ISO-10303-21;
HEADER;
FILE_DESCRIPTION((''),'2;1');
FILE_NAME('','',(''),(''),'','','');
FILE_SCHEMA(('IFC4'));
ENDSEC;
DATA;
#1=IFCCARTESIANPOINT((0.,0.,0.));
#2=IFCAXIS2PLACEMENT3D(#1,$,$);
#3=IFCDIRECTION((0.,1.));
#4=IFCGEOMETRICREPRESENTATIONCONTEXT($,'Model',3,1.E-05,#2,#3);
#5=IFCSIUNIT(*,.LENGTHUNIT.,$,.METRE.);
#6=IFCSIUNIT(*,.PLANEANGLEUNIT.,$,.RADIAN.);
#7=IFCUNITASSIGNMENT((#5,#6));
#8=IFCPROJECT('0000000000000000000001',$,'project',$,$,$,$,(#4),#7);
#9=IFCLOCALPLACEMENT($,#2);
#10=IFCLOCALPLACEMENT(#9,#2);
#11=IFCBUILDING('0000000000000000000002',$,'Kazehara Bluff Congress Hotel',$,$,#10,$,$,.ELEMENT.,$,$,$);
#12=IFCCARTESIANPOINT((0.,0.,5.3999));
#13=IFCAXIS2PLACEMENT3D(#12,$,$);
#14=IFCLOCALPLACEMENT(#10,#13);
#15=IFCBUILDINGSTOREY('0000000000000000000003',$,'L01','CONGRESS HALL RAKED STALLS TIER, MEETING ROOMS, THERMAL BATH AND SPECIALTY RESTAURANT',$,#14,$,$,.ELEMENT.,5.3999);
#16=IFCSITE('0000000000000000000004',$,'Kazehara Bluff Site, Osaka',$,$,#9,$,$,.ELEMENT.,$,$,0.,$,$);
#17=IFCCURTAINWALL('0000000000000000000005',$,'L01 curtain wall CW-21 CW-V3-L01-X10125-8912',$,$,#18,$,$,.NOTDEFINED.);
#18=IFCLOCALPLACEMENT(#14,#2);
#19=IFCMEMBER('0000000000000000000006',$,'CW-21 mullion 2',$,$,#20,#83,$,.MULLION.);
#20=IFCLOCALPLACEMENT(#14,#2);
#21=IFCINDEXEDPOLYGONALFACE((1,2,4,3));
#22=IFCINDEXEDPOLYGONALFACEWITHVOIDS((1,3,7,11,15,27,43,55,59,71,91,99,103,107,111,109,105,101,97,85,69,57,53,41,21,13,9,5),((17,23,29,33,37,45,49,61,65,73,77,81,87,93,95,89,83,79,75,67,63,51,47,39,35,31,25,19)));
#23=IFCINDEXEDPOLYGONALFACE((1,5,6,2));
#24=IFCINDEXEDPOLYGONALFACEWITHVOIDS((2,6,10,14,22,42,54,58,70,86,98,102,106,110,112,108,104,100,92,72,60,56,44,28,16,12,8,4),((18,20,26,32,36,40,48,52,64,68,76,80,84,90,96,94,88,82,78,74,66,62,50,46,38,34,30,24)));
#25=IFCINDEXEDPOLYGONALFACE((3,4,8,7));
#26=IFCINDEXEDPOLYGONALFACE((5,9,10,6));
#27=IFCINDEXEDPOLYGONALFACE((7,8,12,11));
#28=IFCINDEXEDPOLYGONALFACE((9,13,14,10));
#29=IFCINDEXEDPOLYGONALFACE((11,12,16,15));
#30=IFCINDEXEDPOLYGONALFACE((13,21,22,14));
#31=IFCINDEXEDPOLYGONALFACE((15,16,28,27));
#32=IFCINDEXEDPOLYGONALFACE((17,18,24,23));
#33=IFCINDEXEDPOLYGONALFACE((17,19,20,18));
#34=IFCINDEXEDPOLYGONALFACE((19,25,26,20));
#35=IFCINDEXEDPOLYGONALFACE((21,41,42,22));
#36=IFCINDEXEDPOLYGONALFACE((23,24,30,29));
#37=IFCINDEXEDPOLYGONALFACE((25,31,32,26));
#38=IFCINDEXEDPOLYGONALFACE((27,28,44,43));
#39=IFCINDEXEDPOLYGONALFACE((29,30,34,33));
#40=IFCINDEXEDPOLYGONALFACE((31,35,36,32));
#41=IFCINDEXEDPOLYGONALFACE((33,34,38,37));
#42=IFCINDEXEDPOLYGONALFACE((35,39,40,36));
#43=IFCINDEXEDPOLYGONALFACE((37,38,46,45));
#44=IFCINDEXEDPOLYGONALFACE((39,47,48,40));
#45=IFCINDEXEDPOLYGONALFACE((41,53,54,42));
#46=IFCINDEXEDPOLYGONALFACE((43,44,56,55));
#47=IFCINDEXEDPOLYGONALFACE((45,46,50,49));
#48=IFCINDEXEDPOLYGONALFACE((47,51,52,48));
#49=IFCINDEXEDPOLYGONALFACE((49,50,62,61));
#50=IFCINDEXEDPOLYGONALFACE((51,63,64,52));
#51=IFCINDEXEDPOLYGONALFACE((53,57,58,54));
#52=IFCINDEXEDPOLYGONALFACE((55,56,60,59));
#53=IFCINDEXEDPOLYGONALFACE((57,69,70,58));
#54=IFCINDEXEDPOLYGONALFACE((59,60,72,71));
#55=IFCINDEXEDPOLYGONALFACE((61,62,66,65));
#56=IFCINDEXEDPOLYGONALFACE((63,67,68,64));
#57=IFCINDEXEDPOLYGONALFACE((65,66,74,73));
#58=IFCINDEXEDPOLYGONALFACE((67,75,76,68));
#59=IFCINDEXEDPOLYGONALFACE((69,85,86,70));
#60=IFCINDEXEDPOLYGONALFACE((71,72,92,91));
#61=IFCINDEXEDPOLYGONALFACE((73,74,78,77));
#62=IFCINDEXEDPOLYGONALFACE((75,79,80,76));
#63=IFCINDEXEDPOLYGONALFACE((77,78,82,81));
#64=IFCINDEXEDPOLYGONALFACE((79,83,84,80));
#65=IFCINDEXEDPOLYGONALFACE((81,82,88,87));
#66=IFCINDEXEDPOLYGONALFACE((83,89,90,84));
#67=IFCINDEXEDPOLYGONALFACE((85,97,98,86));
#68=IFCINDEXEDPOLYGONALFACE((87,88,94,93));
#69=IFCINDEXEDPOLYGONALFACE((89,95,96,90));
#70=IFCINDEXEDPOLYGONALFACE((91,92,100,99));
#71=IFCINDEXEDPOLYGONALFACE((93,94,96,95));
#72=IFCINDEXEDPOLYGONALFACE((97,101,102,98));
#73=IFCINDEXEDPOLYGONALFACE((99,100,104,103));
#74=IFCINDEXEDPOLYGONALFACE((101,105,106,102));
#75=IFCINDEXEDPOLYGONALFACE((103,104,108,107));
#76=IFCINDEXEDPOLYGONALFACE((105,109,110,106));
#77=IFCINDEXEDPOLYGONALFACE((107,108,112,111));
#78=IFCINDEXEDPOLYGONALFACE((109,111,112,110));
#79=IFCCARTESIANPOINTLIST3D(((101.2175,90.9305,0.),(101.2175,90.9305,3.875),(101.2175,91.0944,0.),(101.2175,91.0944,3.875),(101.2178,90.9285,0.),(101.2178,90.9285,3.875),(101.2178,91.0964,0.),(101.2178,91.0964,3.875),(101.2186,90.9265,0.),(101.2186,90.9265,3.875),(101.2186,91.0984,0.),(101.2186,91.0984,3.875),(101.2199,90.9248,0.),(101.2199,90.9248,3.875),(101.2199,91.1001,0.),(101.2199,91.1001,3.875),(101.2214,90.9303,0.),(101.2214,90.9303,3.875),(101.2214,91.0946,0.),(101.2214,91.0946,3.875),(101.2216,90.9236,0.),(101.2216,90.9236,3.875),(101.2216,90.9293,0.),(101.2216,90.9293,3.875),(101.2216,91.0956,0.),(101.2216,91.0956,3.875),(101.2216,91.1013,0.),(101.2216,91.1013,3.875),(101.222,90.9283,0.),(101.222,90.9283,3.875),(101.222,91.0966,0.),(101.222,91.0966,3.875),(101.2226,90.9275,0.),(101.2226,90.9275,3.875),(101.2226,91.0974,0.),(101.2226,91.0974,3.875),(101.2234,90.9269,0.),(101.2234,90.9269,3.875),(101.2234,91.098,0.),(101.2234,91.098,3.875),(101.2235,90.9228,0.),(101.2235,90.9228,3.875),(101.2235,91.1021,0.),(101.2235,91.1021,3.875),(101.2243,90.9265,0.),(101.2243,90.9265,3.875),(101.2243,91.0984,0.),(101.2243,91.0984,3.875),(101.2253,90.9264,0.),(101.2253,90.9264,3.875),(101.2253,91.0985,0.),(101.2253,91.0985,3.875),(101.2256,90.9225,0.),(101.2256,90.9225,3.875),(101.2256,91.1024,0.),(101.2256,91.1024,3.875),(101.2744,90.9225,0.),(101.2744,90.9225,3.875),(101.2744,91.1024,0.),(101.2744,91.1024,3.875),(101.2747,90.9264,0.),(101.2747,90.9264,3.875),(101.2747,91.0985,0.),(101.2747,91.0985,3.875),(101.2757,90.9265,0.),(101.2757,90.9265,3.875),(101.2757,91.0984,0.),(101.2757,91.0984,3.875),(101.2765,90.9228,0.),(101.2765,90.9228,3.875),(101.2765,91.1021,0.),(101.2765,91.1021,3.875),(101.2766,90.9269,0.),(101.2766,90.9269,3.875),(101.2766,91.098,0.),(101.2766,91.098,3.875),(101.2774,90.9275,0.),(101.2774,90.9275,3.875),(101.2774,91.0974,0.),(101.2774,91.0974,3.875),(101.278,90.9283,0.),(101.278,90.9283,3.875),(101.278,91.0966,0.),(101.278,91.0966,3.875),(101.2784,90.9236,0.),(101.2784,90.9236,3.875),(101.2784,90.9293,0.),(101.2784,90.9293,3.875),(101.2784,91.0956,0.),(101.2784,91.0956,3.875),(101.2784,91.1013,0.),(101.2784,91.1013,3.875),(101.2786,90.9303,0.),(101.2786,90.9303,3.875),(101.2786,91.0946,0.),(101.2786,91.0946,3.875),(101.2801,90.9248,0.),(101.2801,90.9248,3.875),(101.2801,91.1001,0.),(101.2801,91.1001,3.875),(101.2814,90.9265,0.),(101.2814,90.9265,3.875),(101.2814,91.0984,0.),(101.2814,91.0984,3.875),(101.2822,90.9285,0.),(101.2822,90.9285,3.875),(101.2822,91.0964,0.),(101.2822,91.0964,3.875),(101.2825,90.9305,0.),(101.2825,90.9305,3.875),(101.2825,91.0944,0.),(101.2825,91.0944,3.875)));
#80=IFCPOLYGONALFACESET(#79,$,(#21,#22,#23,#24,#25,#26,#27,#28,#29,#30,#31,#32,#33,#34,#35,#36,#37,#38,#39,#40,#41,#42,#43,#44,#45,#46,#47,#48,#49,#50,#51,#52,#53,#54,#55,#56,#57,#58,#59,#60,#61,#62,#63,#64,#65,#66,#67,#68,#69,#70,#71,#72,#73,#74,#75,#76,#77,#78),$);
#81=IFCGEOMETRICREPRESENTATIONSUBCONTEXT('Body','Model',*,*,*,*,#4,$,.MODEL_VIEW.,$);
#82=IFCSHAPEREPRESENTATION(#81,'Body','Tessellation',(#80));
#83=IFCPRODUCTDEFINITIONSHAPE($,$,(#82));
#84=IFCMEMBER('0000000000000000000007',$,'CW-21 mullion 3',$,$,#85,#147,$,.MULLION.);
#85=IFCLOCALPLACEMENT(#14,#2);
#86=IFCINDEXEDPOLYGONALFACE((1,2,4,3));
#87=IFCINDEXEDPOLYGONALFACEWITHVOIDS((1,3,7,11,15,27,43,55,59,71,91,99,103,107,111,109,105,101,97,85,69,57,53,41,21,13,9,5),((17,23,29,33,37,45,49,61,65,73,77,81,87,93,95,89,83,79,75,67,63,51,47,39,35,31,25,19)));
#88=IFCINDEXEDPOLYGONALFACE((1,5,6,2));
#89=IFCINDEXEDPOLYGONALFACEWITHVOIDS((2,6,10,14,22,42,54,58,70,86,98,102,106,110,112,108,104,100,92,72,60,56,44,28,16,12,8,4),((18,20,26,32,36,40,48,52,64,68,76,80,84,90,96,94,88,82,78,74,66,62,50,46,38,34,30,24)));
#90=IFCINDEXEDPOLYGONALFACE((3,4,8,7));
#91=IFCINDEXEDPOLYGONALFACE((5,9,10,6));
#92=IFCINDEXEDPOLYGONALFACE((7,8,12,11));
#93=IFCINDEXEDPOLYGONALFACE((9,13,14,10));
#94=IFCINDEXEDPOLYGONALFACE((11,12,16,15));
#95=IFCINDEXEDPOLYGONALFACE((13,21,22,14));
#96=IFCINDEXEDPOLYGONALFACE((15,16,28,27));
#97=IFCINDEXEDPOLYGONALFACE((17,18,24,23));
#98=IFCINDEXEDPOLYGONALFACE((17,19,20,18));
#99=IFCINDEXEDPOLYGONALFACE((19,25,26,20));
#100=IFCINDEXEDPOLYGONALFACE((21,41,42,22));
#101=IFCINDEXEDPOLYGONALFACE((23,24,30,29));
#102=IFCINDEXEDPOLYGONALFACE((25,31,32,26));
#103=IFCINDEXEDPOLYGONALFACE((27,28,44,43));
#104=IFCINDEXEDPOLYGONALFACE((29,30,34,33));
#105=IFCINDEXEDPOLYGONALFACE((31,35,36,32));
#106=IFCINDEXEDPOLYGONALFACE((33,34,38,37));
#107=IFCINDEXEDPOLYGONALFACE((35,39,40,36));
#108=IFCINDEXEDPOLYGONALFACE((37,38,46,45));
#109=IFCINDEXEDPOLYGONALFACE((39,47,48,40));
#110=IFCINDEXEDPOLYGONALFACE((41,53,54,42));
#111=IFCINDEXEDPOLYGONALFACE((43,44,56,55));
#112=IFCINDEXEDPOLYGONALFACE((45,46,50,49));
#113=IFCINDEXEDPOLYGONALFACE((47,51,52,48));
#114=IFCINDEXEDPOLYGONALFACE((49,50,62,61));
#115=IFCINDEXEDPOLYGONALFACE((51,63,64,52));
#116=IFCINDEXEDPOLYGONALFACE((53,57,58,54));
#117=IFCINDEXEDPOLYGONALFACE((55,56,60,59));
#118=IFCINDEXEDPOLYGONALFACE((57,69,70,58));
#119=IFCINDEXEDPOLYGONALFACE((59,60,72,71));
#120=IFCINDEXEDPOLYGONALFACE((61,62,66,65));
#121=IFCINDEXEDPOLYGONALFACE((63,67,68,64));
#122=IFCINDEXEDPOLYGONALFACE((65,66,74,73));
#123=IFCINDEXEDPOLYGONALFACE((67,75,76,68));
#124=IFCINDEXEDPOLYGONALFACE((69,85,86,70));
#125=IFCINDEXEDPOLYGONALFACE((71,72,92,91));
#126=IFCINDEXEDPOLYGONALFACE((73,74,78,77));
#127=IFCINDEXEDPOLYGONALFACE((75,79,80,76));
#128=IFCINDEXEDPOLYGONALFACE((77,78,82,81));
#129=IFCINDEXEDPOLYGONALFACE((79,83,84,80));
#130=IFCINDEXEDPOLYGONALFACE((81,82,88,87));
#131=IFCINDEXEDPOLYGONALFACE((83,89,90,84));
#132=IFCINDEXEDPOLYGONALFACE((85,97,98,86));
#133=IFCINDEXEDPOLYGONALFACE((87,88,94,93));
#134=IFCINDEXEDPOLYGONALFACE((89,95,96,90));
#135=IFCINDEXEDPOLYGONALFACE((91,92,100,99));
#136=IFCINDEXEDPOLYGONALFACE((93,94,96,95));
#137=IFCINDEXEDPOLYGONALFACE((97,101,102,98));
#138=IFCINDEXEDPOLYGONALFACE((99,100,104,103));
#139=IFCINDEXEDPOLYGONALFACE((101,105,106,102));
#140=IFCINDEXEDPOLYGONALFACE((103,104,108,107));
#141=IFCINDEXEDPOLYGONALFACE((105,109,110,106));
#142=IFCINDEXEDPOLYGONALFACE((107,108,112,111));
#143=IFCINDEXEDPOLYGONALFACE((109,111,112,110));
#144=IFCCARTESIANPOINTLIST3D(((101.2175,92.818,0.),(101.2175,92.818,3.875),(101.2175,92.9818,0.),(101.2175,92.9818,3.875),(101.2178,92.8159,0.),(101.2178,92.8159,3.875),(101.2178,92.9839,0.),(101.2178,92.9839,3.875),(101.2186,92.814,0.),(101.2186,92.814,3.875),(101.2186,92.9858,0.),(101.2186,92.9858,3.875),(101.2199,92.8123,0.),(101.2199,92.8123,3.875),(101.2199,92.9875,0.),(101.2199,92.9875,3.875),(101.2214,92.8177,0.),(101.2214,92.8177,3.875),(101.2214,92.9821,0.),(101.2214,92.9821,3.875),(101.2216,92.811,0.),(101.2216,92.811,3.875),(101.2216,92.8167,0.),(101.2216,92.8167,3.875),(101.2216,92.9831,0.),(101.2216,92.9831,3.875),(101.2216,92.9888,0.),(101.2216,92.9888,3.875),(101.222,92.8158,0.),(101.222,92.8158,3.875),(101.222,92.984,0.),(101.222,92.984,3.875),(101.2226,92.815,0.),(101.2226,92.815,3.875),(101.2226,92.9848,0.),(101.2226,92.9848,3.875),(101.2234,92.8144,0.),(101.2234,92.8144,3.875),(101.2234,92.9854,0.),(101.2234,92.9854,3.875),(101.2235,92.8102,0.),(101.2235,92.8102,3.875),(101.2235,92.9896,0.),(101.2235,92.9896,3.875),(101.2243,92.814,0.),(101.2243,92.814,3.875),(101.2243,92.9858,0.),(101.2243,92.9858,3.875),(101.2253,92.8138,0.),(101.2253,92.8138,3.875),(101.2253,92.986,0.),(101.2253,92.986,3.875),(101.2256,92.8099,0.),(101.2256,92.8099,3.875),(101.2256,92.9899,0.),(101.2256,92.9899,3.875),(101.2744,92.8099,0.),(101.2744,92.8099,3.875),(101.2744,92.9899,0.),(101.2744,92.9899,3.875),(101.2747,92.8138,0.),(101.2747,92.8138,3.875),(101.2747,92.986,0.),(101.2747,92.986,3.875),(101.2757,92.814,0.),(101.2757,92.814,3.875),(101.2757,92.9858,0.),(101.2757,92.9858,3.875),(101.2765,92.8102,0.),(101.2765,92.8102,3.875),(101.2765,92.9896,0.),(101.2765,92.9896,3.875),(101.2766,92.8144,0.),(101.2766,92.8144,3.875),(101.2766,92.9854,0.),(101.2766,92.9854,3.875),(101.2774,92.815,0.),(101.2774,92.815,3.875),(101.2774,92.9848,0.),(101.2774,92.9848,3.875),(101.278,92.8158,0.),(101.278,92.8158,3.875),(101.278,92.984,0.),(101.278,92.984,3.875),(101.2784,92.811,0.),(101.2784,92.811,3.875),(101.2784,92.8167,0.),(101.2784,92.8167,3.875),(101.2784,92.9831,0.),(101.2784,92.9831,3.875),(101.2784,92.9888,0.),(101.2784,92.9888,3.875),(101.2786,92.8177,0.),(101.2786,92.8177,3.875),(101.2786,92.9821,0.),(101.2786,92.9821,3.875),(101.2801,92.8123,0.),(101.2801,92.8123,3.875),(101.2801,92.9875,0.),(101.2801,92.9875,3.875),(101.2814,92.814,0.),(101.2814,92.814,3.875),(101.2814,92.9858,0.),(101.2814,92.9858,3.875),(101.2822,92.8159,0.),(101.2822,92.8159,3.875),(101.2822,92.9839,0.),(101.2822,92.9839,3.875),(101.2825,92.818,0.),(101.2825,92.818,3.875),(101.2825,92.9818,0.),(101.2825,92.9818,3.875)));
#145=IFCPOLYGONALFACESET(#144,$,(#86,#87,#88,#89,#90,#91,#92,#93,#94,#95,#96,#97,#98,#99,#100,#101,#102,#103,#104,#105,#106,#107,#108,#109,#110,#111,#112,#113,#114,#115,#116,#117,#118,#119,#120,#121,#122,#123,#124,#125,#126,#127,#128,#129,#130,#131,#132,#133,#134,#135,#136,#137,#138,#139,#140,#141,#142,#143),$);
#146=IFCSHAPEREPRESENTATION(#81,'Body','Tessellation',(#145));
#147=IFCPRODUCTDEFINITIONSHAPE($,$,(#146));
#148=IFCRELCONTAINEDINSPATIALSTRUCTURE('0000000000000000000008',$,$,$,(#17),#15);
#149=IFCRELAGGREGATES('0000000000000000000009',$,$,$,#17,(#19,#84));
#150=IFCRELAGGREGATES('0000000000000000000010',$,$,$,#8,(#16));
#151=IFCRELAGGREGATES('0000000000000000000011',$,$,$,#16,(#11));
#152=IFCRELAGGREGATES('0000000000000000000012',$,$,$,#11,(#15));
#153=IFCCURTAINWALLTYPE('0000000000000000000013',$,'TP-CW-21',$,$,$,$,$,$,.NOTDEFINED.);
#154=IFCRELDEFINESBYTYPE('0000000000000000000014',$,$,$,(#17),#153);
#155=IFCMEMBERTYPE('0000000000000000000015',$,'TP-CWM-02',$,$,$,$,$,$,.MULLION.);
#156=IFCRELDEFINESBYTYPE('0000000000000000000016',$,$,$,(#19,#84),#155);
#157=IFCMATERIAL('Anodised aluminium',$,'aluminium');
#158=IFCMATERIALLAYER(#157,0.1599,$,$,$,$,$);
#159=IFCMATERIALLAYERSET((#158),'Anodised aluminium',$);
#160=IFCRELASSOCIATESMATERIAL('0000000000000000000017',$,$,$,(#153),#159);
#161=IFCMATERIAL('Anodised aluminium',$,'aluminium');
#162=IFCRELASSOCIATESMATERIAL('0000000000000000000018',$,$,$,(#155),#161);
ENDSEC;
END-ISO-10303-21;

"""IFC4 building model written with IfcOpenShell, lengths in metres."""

from ifc_helpers import new_model, si_unit, direction, frame, origin, origin_2d, place, context, subcontext, project, spatial, hollow_rectangle, extrude, material, layer, layer_set, material_profile, profile_set, type_object, element, aggregate, save


model = new_model("IFC4")

# Units and contexts
model_context = context("Model", 3, precision=1e-05, world=origin(), true_north=direction((0.0, 1.0)))
body_context = subcontext(model_context, "Body", "Model", "MODEL_VIEW")
ifc_project = project(units=[si_unit("LENGTHUNIT", "METRE"), si_unit("PLANEANGLEUNIT", "RADIAN")], contexts=[model_context])

# Site, building, storey
site_placement = place(None, origin())
site = spatial("IfcSite", under=ifc_project, at=site_placement, Name="Kazehara Bluff Site, Osaka", CompositionType="ELEMENT", RefElevation=0.0)
building_placement = place(site_placement, origin())
building = spatial("IfcBuilding", under=site, at=building_placement, Name="Kazehara Bluff Congress Hotel", CompositionType="ELEMENT")
storey_placement = place(building_placement, frame((0.0, 0.0, 5.3999)))
storey = spatial("IfcBuildingStorey", under=building, at=storey_placement, Name="L01", Description="CONGRESS HALL RAKED STALLS TIER, MEETING ROOMS, THERMAL BATH AND SPECIALTY RESTAURANT", CompositionType="ELEMENT", Elevation=5.3999)

# Curtain wall, members
ifc_material_1 = material(Name="Anodised aluminium", Category="aluminium")
ifc_layer_1 = layer(ifc_material_1, 0.1599)
ifc_layer_set_1 = layer_set([ifc_layer_1], Name="Anodised aluminium")
curtain_wall_type = type_object("IfcCurtainWallType", Name="TP-CW-21", PredefinedType="NOTDEFINED", material=ifc_layer_set_1)
ifc_material_2 = material(Name="Anodised aluminium", Category="aluminium")
ifc_material_profile_1 = material_profile(ifc_material_2, hollow_rectangle(XDim=0.0649, YDim=0.1799, WallThickness=0.0039, InnerFilletRadius=0.0039, OuterFilletRadius=0.0081, at=origin_2d()))
ifc_profile_set_1 = profile_set([ifc_material_profile_1], Name="Anodised aluminium")
member_type_1 = type_object("IfcMemberType", Name="TP-CWM-02", PredefinedType="MULLION", material=ifc_profile_set_1)
curtain_wall_1_placement = place(storey_placement, origin())
curtain_wall_1 = element("IfcCurtainWall", 1, at=curtain_wall_1_placement, inside=storey, type_object=curtain_wall_type, Name="L01 curtain wall CW-21 CW-V3-L01-X10125-8912", PredefinedType="NOTDEFINED")
member_1_placement = place(storey_placement, frame((101.25, 91.0125, 0.0), z_axis=(0.0, 0.0, 1.0), x_axis=(-1.0, 0.0, 0.0)))
member_1 = element("IfcMember", 2, at=member_1_placement, type_object=member_type_1, Name="CW-21 mullion 2", PredefinedType="MULLION", context=body_context, shape_type="SweptSolid", body=[
    extrude(hollow_rectangle(XDim=0.0649, YDim=0.1799, WallThickness=0.0039, InnerFilletRadius=0.0039, OuterFilletRadius=0.0081, at=origin_2d()), origin(), (0.0, 0.0, 1.0), 3.875),
])
member_2_placement = place(storey_placement, frame((101.25, 92.8999, 0.0), z_axis=(0.0, 0.0, 1.0), x_axis=(-1.0, 0.0, 0.0)))
member_2 = element("IfcMember", 3, at=member_2_placement, type_object=member_type_1, Name="CW-21 mullion 3", PredefinedType="MULLION", context=body_context, shape_type="SweptSolid", body=[
    extrude(hollow_rectangle(XDim=0.0649, YDim=0.1799, WallThickness=0.0039, InnerFilletRadius=0.0039, OuterFilletRadius=0.0081, at=origin_2d()), origin(), (0.0, 0.0, 1.0), 3.875),
])

aggregate(curtain_wall_1, [member_1, member_2])

save(model, "model.ifc")
